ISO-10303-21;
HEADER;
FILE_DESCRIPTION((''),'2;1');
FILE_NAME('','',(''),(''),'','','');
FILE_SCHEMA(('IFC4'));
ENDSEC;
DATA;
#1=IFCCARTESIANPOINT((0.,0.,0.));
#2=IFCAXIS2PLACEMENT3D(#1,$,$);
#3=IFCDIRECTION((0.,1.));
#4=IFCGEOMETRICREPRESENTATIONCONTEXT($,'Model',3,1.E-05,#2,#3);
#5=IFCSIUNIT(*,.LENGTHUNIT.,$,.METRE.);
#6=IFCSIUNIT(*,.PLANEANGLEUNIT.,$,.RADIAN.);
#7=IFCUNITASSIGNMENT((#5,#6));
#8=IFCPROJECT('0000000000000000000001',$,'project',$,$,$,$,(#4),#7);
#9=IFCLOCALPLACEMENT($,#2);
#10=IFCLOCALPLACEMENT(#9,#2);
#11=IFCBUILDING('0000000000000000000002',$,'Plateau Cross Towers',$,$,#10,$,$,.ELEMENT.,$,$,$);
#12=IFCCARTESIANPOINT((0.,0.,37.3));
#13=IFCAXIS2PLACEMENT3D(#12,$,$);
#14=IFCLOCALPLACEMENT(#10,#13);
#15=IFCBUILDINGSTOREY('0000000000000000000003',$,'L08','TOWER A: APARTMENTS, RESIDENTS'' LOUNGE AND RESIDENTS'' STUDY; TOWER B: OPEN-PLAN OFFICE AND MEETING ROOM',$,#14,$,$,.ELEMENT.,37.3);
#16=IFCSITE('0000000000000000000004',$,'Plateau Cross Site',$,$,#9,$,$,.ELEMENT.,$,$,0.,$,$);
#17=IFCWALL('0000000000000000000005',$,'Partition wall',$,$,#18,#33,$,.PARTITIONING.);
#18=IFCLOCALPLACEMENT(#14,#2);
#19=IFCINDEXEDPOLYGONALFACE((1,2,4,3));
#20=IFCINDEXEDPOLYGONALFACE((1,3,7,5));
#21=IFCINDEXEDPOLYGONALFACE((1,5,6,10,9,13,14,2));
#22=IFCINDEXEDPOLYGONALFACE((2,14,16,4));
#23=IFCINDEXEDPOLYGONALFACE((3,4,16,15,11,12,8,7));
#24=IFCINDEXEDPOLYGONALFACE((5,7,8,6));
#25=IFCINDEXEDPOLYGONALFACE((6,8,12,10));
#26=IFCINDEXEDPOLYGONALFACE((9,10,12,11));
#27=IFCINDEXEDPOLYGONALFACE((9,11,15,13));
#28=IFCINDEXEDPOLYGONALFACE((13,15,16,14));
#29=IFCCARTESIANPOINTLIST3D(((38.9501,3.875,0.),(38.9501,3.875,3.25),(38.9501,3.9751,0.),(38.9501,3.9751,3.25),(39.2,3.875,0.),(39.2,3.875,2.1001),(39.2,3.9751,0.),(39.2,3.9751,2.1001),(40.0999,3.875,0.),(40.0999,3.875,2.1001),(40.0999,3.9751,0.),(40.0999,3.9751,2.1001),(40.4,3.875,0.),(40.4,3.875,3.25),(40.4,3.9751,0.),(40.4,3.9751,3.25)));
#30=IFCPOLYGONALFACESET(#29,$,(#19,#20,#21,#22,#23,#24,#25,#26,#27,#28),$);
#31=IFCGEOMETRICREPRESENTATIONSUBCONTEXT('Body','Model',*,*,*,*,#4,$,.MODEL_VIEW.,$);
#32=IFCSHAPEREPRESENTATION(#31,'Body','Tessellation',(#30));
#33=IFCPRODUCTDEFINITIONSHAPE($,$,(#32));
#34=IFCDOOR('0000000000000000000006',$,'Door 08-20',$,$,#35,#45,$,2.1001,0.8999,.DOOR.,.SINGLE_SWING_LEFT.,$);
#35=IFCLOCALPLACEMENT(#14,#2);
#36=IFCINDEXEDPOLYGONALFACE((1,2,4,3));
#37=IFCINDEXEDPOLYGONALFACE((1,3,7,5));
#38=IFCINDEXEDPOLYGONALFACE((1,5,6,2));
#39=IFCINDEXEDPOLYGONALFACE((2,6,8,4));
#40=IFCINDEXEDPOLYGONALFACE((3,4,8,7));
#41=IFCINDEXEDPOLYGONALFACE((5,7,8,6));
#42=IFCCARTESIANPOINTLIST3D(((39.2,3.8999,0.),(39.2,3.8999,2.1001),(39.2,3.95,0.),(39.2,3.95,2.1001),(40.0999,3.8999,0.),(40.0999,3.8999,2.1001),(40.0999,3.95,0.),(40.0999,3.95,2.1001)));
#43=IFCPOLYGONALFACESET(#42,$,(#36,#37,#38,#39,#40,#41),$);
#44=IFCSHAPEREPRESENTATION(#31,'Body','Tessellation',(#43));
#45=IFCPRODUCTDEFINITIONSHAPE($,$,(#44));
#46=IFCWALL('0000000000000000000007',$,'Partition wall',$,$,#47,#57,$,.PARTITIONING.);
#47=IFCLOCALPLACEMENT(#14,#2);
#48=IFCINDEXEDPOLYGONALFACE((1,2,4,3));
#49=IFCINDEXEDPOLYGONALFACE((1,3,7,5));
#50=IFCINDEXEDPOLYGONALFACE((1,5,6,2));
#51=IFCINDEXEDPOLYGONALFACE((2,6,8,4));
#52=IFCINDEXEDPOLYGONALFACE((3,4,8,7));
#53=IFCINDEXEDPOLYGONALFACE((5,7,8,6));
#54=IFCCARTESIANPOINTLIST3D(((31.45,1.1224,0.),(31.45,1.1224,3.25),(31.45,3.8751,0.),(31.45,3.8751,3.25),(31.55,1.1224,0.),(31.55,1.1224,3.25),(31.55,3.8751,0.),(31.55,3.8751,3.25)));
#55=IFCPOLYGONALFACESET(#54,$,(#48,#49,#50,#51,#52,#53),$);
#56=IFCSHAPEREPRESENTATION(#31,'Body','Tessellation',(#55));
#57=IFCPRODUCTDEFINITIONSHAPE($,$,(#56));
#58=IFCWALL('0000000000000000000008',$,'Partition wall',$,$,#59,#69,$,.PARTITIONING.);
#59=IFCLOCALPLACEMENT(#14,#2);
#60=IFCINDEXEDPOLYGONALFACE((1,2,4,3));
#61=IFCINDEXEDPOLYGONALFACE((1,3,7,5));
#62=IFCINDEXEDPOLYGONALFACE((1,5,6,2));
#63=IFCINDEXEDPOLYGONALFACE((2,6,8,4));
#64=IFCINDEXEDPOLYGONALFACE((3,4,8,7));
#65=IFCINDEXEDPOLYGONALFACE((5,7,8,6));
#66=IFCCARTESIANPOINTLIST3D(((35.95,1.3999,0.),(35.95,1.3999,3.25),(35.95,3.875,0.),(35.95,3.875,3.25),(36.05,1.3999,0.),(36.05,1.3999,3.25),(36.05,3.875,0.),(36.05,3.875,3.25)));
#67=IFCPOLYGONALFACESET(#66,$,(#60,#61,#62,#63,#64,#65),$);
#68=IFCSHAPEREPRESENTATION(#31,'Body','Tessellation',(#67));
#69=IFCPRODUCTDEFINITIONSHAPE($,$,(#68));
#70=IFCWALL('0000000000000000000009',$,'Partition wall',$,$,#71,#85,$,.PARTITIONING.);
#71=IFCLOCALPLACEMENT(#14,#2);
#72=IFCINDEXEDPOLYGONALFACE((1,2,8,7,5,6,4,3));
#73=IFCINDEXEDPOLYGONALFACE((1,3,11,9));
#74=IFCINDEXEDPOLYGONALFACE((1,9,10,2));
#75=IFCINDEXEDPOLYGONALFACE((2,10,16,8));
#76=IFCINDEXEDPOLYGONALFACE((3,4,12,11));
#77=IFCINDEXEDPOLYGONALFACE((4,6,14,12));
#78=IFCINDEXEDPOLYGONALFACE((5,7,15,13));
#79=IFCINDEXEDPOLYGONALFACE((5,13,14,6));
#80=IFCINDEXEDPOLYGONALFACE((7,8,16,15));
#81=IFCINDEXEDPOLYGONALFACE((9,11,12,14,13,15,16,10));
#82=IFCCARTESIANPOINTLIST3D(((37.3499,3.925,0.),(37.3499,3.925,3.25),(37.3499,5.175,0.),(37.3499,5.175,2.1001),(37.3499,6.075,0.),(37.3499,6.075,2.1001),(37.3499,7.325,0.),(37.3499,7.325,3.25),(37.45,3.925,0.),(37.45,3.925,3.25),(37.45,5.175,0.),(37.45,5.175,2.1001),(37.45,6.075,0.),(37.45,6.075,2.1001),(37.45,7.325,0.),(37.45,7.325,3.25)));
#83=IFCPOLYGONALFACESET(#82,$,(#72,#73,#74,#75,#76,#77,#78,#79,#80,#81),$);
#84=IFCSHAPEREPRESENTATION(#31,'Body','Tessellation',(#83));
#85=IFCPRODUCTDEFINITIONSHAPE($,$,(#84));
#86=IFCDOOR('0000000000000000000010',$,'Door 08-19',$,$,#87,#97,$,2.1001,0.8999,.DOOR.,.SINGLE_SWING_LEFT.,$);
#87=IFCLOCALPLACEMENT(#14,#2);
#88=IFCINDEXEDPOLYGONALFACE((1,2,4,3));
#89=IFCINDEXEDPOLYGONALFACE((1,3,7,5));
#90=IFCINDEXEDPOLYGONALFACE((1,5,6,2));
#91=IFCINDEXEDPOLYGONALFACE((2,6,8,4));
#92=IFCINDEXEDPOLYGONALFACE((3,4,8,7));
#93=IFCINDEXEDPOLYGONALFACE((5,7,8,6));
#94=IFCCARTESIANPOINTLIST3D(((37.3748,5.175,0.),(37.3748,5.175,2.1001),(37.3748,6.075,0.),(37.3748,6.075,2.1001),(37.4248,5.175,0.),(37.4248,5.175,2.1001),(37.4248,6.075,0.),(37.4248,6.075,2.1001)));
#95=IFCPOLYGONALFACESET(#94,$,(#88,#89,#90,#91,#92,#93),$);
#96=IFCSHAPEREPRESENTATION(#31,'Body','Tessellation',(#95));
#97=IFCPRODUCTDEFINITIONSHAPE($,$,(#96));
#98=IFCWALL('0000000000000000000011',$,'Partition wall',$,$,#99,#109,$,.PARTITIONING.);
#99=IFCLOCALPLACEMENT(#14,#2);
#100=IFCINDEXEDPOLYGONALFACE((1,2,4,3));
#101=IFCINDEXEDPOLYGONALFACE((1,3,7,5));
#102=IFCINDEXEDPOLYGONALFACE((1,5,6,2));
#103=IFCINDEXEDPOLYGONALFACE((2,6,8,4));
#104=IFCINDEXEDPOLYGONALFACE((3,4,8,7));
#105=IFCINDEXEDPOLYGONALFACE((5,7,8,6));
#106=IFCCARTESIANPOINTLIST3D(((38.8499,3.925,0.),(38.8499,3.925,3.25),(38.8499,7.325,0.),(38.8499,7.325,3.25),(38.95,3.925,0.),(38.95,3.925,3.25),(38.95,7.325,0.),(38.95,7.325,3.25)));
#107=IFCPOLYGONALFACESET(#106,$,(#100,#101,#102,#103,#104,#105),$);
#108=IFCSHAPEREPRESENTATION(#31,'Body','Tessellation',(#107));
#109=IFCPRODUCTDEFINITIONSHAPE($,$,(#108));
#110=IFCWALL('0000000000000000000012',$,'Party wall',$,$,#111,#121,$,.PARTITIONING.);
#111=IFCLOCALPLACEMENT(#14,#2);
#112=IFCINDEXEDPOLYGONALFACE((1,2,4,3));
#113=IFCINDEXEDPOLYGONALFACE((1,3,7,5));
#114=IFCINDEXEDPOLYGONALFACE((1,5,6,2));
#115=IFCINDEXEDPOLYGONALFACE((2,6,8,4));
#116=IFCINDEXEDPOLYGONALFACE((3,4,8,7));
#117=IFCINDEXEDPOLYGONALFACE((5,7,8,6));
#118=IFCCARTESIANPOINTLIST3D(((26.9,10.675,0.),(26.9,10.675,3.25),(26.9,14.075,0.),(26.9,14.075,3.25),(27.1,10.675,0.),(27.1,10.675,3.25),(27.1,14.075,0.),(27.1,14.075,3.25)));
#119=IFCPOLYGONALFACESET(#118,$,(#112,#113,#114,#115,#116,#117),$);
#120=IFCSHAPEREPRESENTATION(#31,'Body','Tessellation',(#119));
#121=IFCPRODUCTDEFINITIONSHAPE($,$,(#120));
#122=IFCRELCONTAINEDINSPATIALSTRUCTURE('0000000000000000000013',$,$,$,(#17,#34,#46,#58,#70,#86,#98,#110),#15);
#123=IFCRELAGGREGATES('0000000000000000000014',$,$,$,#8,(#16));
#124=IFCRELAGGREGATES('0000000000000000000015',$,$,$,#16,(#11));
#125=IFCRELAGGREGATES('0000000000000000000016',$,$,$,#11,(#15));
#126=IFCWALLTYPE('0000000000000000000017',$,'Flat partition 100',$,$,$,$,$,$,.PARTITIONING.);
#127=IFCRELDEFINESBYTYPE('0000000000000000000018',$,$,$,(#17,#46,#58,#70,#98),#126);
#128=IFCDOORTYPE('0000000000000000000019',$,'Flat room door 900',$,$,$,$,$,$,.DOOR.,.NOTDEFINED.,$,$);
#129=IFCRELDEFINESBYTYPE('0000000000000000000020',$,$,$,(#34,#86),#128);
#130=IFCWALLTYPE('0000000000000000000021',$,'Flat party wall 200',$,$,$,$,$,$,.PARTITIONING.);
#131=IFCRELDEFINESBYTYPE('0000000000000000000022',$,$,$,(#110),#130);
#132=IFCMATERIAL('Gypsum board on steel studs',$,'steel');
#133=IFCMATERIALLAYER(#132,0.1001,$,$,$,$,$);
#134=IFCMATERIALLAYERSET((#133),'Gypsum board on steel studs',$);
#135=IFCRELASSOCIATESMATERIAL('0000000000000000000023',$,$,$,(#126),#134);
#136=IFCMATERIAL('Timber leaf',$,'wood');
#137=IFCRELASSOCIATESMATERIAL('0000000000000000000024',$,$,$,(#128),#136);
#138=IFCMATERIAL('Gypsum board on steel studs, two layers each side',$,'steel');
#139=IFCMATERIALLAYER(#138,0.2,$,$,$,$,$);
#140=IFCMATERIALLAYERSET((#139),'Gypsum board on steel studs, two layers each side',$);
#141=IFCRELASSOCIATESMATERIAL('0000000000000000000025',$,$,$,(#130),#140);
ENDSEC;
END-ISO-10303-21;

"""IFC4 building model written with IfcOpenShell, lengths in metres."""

from ifc_helpers import new_model, si_unit, direction, frame, frame_2d, origin, place, context, subcontext, project, spatial, rectangle, extrude, material, layer, layer_set, type_object, element, fill, save


model = new_model("IFC4")

# Units and contexts
model_context = context("Model", 3, precision=1e-05, world=origin(), true_north=direction((0.0, 1.0)))
body_context = subcontext(model_context, "Body", "Model", "MODEL_VIEW")
ifc_project = project(units=[si_unit("LENGTHUNIT", "METRE"), si_unit("PLANEANGLEUNIT", "RADIAN")], contexts=[model_context])

# Site, building, storey
site_placement = place(None, origin())
site = spatial("IfcSite", under=ifc_project, at=site_placement, Name="Plateau Cross Site", CompositionType="ELEMENT", RefElevation=0.0)
building_placement = place(site_placement, origin())
building = spatial("IfcBuilding", under=site, at=building_placement, Name="Plateau Cross Towers", CompositionType="ELEMENT")
storey_placement = place(building_placement, frame((0.0, 0.0, 37.3)))
storey = spatial("IfcBuildingStorey", under=building, at=storey_placement, Name="L08", Description="TOWER A: APARTMENTS, RESIDENTS' LOUNGE AND RESIDENTS' STUDY; TOWER B: OPEN-PLAN OFFICE AND MEETING ROOM", CompositionType="ELEMENT", Elevation=37.3)

# Shared definitions
ifc_material_1 = material(Name="Gypsum board on steel studs", Category="steel")
ifc_layer_1 = layer(ifc_material_1, 0.1001)
ifc_layer_set_1 = layer_set([ifc_layer_1], Name="Gypsum board on steel studs")
wall_type_1 = type_object("IfcWallType", Name="Flat partition 100", PredefinedType="PARTITIONING", material=ifc_layer_set_1)
ifc_material_2 = material(Name="Timber leaf", Category="wood")
door_type = type_object("IfcDoorType", Name="Flat room door 900", OperationType="NOTDEFINED", PredefinedType="DOOR", material=ifc_material_2)

# Wall, opening, door
wall_1_placement = place(storey_placement, frame((38.95, 3.925, 0.0), z_axis=(0.0, 0.0, 1.0), x_axis=(1.0, 0.0, 0.0)))
wall_1 = element("IfcWall", 1, at=wall_1_placement, inside=storey, type_object=wall_type_1, Name="Partition wall", PredefinedType="PARTITIONING", context=body_context, shape_type="SweptSolid", body=[
    extrude(rectangle(XDim=1.45, YDim=0.1001, at=frame_2d((0.7251, 0.0))), origin(), (0.0, 0.0, 1.0), 3.25),
])
opening_1_placement = place(wall_1_placement, frame((0.25, 0.0, 0.0)))
opening_1 = element("IfcOpeningElement", 2, at=opening_1_placement, cuts=wall_1, PredefinedType="OPENING", context=body_context, shape_type="SweptSolid", body=[
    extrude(rectangle(XDim=0.8999, YDim=2.1001, at=frame_2d((0.45, 1.05))), frame((0.0, 0.0601, 0.0), z_axis=(0.0, -1.0, 0.0), x_axis=(1.0, 0.0, 0.0)), (0.0, 0.0, 1.0), 0.1201),
])
door_1_placement = place(opening_1_placement, origin())
door_1 = element("IfcDoor", 3, at=door_1_placement, inside=storey, type_object=door_type, Name="Door 08-20", OperationType="SINGLE_SWING_LEFT", OverallHeight=2.1001, OverallWidth=0.8999, PredefinedType="DOOR", context=body_context, shape_type="SweptSolid", body=[
    extrude(rectangle(XDim=0.8999, YDim=2.1001, at=frame_2d((0.45, 1.05))), frame((0.0, 0.0249, 0.0), z_axis=(0.0, -1.0, 0.0), x_axis=(1.0, 0.0, 0.0)), (0.0, 0.0, 1.0), 0.05),
])
fill(opening_1, door_1)

# Walls
wall_2_placement = place(storey_placement, frame((31.5, 1.1223, 0.0), z_axis=(0.0, 0.0, 1.0), x_axis=(0.0, 1.0, 0.0)))
element("IfcWall", 4, at=wall_2_placement, inside=storey, type_object=wall_type_1, Name="Partition wall", PredefinedType="PARTITIONING", context=body_context, shape_type="SweptSolid", body=[
    extrude(rectangle(XDim=2.7527, YDim=0.1001, at=frame_2d((1.3765, 0.0))), origin(), (0.0, 0.0, 1.0), 3.25),
])
wall_3_placement = place(storey_placement, frame((36.0, 1.3999, 0.0), z_axis=(0.0, 0.0, 1.0), x_axis=(0.0, 1.0, 0.0)))
element("IfcWall", 5, at=wall_3_placement, inside=storey, type_object=wall_type_1, Name="Partition wall", PredefinedType="PARTITIONING", context=body_context, shape_type="SweptSolid", body=[
    extrude(rectangle(XDim=2.4751, YDim=0.1001, at=frame_2d((1.2375, 0.0))), origin(), (0.0, 0.0, 1.0), 3.25),
])

# Wall, opening, door
wall_4_placement = place(storey_placement, frame((37.3999, 7.325, 0.0), z_axis=(0.0, 0.0, 1.0), x_axis=(0.0, -1.0, 0.0)))
wall_4 = element("IfcWall", 6, at=wall_4_placement, inside=storey, type_object=wall_type_1, Name="Partition wall", PredefinedType="PARTITIONING", context=body_context, shape_type="SweptSolid", body=[
    extrude(rectangle(XDim=3.3999, YDim=0.1001, at=frame_2d((1.7, 0.0))), origin(), (0.0, 0.0, 1.0), 3.25),
])
opening_2_placement = place(wall_4_placement, frame((1.25, 0.0, 0.0)))
opening_2 = element("IfcOpeningElement", 7, at=opening_2_placement, cuts=wall_4, PredefinedType="OPENING", context=body_context, shape_type="SweptSolid", body=[
    extrude(rectangle(XDim=0.8999, YDim=2.1001, at=frame_2d((0.45, 1.05))), frame((0.0, 0.0601, 0.0), z_axis=(0.0, -1.0, 0.0), x_axis=(1.0, 0.0, 0.0)), (0.0, 0.0, 1.0), 0.1201),
])
door_2_placement = place(opening_2_placement, origin())
door_2 = element("IfcDoor", 8, at=door_2_placement, inside=storey, type_object=door_type, Name="Door 08-19", OperationType="SINGLE_SWING_LEFT", OverallHeight=2.1001, OverallWidth=0.8999, PredefinedType="DOOR", context=body_context, shape_type="SweptSolid", body=[
    extrude(rectangle(XDim=0.8999, YDim=2.1001, at=frame_2d((0.45, 1.05))), frame((0.0, 0.0249, 0.0), z_axis=(0.0, -1.0, 0.0), x_axis=(1.0, 0.0, 0.0)), (0.0, 0.0, 1.0), 0.05),
])
fill(opening_2, door_2)

# Walls
wall_5_placement = place(storey_placement, frame((38.8999, 3.925, 0.0), z_axis=(0.0, 0.0, 1.0), x_axis=(0.0, 1.0, 0.0)))
element("IfcWall", 9, at=wall_5_placement, inside=storey, type_object=wall_type_1, Name="Partition wall", PredefinedType="PARTITIONING", context=body_context, shape_type="SweptSolid", body=[
    extrude(rectangle(XDim=3.3999, YDim=0.1001, at=frame_2d((1.7, 0.0))), origin(), (0.0, 0.0, 1.0), 3.25),
])
ifc_material_3 = material(Name="Gypsum board on steel studs, two layers each side", Category="steel")
ifc_layer_2 = layer(ifc_material_3, 0.2)
ifc_layer_set_2 = layer_set([ifc_layer_2], Name="Gypsum board on steel studs, two layers each side")
wall_type_2 = type_object("IfcWallType", Name="Flat party wall 200", PredefinedType="PARTITIONING", material=ifc_layer_set_2)
wall_6_placement = place(storey_placement, frame((27.0, 10.675, 0.0), z_axis=(0.0, 0.0, 1.0), x_axis=(0.0, 1.0, 0.0)))
element("IfcWall", 10, at=wall_6_placement, inside=storey, type_object=wall_type_2, Name="Party wall", PredefinedType="PARTITIONING", context=body_context, shape_type="SweptSolid", body=[
    extrude(rectangle(XDim=3.3999, YDim=0.2, at=frame_2d((1.7, 0.0))), origin(), (0.0, 0.0, 1.0), 3.25),
])

save(model, "model.ifc")
